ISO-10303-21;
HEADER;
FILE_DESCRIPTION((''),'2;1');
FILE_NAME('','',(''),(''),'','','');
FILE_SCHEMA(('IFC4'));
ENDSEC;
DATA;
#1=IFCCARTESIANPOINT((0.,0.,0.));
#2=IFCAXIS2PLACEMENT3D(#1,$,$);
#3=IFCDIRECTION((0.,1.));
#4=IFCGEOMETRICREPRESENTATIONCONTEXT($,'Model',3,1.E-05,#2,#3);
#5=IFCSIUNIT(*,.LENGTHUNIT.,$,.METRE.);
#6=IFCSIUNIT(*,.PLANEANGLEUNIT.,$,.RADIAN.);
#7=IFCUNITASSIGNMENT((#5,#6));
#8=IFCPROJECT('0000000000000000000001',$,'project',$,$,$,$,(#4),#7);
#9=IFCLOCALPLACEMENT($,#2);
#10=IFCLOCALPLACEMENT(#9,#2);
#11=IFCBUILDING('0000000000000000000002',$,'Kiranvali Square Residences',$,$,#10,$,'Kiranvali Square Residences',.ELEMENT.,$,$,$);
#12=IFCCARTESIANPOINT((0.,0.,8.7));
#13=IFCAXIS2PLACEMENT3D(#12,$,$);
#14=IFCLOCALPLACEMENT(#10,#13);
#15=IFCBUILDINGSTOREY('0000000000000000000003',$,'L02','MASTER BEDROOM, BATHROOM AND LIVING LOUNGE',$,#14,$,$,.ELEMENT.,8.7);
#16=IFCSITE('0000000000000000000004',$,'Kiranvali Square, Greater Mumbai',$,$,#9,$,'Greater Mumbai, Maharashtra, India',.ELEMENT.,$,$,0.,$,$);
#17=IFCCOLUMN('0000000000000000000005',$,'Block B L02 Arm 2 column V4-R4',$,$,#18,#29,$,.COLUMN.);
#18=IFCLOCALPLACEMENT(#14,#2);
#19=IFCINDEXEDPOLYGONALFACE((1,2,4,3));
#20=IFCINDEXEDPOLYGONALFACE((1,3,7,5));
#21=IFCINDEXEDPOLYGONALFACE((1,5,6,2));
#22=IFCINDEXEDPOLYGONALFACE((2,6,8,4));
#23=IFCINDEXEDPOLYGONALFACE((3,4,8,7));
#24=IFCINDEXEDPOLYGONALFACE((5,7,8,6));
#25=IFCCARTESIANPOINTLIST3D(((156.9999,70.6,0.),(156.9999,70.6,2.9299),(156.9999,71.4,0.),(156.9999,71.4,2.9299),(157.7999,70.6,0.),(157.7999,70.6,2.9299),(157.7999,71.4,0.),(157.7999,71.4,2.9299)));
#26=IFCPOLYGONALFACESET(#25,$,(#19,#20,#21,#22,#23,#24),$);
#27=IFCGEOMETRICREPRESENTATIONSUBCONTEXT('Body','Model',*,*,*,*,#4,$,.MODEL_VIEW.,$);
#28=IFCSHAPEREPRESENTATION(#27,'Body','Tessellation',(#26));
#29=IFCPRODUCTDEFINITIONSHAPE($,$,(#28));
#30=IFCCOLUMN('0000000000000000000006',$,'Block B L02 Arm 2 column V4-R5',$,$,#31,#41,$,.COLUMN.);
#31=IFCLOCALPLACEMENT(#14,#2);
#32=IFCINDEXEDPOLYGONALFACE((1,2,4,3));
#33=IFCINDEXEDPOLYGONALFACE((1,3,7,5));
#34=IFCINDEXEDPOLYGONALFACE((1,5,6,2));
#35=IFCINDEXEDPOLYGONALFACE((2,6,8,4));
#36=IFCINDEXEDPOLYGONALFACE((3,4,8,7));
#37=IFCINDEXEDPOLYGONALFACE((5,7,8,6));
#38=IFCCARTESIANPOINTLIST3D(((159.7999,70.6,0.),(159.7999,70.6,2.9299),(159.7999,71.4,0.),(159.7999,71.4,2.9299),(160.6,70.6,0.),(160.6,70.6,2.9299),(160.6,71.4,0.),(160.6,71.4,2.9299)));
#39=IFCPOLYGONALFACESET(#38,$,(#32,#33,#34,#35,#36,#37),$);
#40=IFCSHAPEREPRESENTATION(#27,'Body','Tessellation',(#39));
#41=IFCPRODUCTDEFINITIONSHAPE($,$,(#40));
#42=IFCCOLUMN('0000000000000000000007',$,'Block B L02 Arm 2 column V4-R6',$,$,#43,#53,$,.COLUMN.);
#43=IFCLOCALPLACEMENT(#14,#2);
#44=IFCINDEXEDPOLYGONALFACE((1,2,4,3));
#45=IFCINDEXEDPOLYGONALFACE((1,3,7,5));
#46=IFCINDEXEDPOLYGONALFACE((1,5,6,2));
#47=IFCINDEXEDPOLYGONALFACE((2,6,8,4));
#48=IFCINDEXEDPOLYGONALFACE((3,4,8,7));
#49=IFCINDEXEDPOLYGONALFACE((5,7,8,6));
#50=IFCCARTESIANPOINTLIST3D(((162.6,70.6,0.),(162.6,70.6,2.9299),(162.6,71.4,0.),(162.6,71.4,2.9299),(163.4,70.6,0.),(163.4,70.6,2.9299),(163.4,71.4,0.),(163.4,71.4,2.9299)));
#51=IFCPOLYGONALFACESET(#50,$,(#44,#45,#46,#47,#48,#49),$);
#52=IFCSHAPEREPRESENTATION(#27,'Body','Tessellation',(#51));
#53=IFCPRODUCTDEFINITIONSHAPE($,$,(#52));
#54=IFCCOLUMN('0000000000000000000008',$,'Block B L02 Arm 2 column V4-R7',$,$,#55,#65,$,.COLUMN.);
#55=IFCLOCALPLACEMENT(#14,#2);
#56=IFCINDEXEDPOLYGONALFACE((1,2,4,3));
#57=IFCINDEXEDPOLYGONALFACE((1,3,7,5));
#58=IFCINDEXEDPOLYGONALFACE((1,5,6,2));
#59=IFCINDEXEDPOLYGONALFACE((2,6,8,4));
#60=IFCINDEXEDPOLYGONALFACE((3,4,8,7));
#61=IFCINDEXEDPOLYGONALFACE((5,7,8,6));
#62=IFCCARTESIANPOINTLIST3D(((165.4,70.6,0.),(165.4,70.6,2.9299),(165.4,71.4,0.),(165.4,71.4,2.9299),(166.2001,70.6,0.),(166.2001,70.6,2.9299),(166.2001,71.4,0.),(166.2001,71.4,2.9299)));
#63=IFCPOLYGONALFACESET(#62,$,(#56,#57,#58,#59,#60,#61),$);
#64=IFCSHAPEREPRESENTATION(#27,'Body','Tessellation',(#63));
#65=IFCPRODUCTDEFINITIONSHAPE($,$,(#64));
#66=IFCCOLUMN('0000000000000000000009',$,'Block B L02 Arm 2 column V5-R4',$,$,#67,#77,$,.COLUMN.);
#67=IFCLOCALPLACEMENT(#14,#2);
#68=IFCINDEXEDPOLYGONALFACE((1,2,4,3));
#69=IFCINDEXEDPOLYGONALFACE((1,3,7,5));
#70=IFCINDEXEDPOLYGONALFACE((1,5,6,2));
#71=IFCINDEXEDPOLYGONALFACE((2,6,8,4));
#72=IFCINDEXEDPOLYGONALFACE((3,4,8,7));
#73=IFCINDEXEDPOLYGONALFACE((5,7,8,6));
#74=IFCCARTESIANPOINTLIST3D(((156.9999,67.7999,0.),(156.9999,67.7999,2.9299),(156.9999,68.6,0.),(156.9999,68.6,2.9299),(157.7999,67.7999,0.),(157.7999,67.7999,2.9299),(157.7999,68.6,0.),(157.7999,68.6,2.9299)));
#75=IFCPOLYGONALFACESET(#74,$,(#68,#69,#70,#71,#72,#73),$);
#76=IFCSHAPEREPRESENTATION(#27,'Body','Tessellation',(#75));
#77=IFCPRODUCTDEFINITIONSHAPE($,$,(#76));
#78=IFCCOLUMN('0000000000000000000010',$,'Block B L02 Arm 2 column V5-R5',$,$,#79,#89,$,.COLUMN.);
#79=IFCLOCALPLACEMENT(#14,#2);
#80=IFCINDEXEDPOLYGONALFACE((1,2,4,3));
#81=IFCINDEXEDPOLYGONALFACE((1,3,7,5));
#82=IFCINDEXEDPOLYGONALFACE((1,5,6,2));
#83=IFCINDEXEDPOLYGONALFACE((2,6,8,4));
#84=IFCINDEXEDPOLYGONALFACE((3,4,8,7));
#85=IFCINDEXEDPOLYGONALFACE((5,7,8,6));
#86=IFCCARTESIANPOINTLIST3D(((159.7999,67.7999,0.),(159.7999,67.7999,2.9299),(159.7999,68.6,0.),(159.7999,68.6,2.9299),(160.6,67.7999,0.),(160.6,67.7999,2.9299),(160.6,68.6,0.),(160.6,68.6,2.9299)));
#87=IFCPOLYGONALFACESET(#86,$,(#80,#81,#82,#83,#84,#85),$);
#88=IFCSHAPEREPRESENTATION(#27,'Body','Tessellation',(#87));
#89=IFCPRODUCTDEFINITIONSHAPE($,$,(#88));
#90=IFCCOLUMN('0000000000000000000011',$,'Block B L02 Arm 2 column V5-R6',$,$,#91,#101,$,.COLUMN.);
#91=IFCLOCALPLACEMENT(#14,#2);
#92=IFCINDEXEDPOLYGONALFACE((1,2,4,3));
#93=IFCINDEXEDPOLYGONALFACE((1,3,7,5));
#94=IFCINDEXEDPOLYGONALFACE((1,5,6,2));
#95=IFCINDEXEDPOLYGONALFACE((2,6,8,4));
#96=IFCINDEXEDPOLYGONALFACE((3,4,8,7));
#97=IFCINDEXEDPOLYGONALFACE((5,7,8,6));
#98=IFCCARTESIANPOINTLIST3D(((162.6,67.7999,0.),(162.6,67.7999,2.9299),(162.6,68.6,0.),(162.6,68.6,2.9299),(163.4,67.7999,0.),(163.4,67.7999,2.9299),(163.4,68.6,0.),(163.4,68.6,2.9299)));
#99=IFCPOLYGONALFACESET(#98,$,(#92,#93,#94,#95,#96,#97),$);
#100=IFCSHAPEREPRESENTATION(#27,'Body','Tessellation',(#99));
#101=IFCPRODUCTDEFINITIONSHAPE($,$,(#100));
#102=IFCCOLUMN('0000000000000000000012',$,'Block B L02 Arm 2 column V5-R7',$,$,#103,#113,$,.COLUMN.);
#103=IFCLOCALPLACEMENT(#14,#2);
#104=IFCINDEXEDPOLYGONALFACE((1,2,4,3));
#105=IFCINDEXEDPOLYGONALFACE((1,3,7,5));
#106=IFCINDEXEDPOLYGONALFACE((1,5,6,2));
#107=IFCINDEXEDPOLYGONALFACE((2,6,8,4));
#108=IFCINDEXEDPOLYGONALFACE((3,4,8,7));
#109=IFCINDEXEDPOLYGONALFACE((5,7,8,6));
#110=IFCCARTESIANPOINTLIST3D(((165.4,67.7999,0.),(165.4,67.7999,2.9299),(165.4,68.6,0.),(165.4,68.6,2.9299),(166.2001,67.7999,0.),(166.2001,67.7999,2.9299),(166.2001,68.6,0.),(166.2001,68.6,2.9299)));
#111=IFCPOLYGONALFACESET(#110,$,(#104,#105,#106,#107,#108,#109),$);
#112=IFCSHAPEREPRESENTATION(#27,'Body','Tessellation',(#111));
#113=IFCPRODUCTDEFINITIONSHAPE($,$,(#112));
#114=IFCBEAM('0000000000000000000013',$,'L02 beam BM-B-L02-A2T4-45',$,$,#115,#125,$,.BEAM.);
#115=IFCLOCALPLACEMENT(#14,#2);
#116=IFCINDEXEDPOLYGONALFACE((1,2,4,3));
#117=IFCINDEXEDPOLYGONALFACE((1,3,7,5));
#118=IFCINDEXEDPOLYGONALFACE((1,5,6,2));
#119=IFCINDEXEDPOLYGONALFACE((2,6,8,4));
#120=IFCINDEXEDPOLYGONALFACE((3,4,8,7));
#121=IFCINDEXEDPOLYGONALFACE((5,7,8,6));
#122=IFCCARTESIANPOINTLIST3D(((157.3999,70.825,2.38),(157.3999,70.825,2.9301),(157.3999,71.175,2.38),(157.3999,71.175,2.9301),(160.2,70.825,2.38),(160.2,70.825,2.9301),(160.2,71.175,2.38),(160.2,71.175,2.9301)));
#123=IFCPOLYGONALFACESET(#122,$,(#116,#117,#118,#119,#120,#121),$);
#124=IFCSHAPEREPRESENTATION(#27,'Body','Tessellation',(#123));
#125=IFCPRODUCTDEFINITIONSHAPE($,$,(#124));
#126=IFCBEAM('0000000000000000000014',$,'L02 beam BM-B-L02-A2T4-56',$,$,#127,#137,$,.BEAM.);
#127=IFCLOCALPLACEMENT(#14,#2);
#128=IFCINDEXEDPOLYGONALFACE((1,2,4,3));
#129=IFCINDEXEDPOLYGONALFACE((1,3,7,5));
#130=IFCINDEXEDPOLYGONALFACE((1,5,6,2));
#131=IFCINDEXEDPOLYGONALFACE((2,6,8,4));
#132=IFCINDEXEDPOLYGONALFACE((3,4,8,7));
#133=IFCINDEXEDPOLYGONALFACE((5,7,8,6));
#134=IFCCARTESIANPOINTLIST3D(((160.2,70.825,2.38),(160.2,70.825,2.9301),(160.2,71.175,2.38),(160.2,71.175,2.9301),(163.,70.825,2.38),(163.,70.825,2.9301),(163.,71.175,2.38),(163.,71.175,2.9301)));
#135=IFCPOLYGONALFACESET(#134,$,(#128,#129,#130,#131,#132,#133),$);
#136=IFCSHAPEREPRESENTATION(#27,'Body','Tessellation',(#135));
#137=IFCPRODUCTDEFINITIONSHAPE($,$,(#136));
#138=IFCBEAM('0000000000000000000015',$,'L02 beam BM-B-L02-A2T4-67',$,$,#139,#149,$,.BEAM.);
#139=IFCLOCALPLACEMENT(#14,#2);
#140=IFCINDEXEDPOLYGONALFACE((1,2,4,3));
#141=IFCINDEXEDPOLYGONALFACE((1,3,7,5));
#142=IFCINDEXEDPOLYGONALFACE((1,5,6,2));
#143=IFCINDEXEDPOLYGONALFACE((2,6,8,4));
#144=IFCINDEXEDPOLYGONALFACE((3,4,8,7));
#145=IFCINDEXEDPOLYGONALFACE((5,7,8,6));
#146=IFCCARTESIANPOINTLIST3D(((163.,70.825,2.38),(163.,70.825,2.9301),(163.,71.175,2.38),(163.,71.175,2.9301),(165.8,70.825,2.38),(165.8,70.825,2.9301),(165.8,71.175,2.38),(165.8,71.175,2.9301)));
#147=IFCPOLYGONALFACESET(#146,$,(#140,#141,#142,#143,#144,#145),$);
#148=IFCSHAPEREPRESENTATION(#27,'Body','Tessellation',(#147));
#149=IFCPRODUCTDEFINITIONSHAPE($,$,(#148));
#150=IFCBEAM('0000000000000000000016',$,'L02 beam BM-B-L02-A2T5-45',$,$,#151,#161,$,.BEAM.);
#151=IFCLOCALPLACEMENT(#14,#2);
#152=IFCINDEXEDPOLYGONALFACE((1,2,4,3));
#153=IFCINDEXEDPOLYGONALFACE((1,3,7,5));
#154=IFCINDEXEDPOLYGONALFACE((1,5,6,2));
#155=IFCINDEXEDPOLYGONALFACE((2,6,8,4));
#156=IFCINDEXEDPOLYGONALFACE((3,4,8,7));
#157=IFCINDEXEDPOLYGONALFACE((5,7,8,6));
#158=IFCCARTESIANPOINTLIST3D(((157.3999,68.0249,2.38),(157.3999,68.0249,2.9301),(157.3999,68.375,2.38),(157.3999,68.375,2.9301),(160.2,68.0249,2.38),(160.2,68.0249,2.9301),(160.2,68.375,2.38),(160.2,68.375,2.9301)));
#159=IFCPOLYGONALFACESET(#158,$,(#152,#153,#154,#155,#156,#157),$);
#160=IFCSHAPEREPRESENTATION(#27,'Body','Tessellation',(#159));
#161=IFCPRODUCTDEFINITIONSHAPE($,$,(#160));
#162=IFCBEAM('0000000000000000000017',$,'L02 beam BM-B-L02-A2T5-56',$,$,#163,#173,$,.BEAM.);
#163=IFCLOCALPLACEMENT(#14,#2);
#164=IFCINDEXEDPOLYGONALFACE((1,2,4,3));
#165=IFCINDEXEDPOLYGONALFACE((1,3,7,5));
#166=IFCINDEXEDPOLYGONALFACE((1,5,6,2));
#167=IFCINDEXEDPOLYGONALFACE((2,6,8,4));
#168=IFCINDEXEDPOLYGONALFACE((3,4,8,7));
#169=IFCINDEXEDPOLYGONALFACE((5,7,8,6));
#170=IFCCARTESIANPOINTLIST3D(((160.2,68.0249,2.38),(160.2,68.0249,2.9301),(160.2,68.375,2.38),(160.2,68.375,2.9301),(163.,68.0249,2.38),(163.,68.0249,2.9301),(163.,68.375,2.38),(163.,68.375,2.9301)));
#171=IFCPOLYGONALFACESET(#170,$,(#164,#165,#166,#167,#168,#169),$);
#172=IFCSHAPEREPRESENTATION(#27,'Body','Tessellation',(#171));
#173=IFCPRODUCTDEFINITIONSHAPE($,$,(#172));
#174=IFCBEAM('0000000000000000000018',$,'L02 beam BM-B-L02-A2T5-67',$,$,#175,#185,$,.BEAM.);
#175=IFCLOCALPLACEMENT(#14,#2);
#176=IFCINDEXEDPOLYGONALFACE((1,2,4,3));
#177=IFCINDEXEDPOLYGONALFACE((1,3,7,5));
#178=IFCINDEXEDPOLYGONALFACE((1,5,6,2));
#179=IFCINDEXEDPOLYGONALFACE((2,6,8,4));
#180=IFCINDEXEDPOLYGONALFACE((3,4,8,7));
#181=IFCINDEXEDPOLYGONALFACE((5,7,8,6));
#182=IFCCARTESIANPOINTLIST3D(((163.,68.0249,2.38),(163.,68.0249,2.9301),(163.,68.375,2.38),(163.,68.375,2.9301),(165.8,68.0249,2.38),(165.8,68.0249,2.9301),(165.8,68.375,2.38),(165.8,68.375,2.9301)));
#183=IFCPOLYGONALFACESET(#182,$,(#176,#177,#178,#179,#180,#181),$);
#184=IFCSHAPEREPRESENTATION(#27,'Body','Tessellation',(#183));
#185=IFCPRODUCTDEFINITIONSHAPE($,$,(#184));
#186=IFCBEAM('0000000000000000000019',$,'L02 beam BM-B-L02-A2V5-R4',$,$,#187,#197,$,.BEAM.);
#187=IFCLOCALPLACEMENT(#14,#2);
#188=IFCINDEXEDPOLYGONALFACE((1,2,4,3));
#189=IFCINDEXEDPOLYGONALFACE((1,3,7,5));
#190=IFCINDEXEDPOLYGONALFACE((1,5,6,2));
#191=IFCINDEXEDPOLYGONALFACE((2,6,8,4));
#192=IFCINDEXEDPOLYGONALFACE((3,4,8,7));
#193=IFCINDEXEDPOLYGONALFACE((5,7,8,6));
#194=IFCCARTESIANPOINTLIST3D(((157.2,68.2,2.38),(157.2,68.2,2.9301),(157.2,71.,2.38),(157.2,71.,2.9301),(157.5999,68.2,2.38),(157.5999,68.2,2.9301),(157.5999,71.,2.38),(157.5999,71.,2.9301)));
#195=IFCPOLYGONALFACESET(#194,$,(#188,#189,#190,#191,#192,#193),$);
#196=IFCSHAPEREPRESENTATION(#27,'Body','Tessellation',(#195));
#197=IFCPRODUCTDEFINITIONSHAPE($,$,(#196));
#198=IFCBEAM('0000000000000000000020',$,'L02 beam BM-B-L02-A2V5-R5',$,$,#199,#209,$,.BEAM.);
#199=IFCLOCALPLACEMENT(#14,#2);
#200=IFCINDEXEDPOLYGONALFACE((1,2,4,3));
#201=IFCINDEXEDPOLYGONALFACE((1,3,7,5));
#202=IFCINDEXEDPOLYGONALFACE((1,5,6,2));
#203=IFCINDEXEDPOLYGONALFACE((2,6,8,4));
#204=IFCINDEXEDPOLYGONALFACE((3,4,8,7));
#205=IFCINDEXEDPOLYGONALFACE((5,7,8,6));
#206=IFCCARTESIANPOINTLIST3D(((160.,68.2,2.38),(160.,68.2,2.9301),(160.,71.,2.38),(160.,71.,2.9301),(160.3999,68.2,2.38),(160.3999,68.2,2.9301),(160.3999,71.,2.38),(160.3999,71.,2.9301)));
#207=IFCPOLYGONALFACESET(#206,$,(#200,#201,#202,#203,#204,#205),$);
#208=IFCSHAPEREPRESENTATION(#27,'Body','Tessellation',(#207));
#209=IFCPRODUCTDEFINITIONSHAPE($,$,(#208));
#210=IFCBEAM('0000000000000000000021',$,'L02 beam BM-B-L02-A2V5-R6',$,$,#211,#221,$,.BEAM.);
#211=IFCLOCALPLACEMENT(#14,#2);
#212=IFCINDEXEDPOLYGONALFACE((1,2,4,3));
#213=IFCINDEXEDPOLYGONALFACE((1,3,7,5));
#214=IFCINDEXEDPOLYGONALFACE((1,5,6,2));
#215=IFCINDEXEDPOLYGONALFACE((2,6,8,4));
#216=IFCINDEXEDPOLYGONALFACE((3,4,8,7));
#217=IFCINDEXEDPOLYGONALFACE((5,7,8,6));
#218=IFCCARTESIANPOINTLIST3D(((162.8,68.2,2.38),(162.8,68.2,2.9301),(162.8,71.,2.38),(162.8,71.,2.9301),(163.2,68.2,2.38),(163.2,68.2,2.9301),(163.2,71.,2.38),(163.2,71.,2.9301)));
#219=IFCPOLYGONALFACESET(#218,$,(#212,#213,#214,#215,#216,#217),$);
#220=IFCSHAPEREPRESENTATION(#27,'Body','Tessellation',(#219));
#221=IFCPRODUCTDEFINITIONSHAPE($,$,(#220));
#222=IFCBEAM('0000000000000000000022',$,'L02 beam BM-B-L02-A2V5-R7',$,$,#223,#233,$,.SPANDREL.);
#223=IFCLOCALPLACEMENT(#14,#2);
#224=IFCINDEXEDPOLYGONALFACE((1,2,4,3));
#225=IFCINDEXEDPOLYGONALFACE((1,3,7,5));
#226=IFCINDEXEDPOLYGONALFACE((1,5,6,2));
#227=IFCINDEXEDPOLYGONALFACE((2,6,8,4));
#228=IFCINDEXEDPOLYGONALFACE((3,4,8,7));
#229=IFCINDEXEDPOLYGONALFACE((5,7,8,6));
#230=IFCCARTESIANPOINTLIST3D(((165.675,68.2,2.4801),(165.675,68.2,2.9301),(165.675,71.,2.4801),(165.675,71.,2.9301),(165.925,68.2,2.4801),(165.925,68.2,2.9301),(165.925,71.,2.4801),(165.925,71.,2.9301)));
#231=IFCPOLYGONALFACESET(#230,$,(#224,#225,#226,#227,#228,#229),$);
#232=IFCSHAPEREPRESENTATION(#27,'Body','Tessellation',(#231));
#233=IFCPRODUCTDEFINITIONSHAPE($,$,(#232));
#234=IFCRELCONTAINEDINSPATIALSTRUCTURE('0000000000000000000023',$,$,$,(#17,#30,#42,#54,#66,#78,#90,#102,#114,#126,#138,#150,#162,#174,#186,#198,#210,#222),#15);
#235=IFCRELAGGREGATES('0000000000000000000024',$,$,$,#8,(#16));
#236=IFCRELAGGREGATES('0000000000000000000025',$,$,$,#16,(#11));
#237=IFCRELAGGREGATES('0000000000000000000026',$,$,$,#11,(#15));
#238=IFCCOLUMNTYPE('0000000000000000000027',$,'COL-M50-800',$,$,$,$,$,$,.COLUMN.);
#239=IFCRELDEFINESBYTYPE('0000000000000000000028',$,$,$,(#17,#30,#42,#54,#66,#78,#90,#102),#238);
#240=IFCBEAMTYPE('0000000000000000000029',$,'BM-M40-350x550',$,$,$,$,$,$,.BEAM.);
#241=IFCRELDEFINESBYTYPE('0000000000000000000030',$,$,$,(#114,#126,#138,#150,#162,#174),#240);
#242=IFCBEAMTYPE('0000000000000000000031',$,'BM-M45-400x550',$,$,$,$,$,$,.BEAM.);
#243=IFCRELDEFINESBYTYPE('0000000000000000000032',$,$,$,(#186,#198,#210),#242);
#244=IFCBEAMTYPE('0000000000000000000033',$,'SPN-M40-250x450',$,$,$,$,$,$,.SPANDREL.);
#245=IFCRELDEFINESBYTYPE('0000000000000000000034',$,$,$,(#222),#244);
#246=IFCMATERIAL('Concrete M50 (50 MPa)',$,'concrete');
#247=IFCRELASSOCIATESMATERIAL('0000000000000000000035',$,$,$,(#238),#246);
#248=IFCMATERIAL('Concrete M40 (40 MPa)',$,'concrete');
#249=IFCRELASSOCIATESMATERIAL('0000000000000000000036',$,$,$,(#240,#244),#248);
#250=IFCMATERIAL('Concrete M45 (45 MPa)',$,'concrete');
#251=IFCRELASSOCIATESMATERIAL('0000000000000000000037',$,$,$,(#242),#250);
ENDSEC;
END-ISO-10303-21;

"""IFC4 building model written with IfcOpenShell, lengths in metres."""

from ifc_helpers import new_model, si_unit, direction, frame, origin, origin_2d, place, context, subcontext, project, spatial, rectangle, extrude, material, material_profile, profile_set, type_object, element, save


model = new_model("IFC4")

# Units and contexts
model_context = context("Model", 3, precision=1e-05, world=origin(), true_north=direction((0.0, 1.0)))
body_context = subcontext(model_context, "Body", "Model", "MODEL_VIEW")
ifc_project = project(units=[si_unit("LENGTHUNIT", "METRE"), si_unit("PLANEANGLEUNIT", "RADIAN")], contexts=[model_context])

# Site, building, storey
site_placement = place(None, origin())
site = spatial("IfcSite", under=ifc_project, at=site_placement, Name="Kiranvali Square, Greater Mumbai", LongName="Greater Mumbai, Maharashtra, India", CompositionType="ELEMENT", RefElevation=0.0)
building_placement = place(site_placement, origin())
building = spatial("IfcBuilding", under=site, at=building_placement, Name="Kiranvali Square Residences", LongName="Kiranvali Square Residences", CompositionType="ELEMENT")
storey_placement = place(building_placement, frame((0.0, 0.0, 8.7)))
storey = spatial("IfcBuildingStorey", under=building, at=storey_placement, Name="L02", Description="MASTER BEDROOM, BATHROOM AND LIVING LOUNGE", CompositionType="ELEMENT", Elevation=8.7)

# Columns
ifc_material_1 = material(Name="Concrete M50 (50 MPa)", Category="concrete")
ifc_material_profile_1 = material_profile(ifc_material_1, rectangle(XDim=0.8, YDim=0.8, at=origin_2d()), Name="RC 800x800")
ifc_profile_set_1 = profile_set([ifc_material_profile_1], Name="Concrete M50 (50 MPa)")
column_type = type_object("IfcColumnType", Name="COL-M50-800", PredefinedType="COLUMN", material=ifc_profile_set_1)
for number, where, z_axis, x_axis, name in (
    (1, (157.3999, 71.0, 0.0), (0.0, 0.0, 1.0), (1.0, 0.0, 0.0), "Block B L02 Arm 2 column V4-R4"),
    (2, (160.2, 71.0, 0.0), (0.0, 0.0, 1.0), (1.0, 0.0, 0.0), "Block B L02 Arm 2 column V4-R5"),
    (3, (163.0, 71.0, 0.0), (0.0, 0.0, 1.0), (1.0, 0.0, 0.0), "Block B L02 Arm 2 column V4-R6"),
    (4, (165.8, 71.0, 0.0), (0.0, 0.0, 1.0), (1.0, 0.0, 0.0), "Block B L02 Arm 2 column V4-R7"),
    (5, (157.3999, 68.2, 0.0), (0.0, 0.0, 1.0), (1.0, 0.0, 0.0), "Block B L02 Arm 2 column V5-R4"),
    (6, (160.2, 68.2, 0.0), (0.0, 0.0, 1.0), (1.0, 0.0, 0.0), "Block B L02 Arm 2 column V5-R5"),
    (7, (163.0, 68.2, 0.0), (0.0, 0.0, 1.0), (1.0, 0.0, 0.0), "Block B L02 Arm 2 column V5-R6"),
    (8, (165.8, 68.2, 0.0), (0.0, 0.0, 1.0), (1.0, 0.0, 0.0), "Block B L02 Arm 2 column V5-R7"),
):
    element("IfcColumn", number, at=place(storey_placement, frame(where, z_axis=z_axis, x_axis=x_axis)), inside=storey, type_object=column_type, Name=name, PredefinedType="COLUMN", context=body_context, shape_type="SweptSolid", body=[
        extrude(rectangle(XDim=0.8, YDim=0.8, at=origin_2d()), origin(), (0.0, 0.0, 1.0), 2.9299),
    ])

# Beams
ifc_material_2 = material(Name="Concrete M40 (40 MPa)", Category="concrete")
ifc_material_profile_2 = material_profile(ifc_material_2, rectangle(XDim=0.3501, YDim=0.55, at=origin_2d()), Name="RC 350x550")
ifc_profile_set_2 = profile_set([ifc_material_profile_2], Name="Concrete M40 (40 MPa)")
beam_type_1 = type_object("IfcBeamType", Name="BM-M40-350x550", PredefinedType="BEAM", material=ifc_profile_set_2)
for number, where, z_axis, x_axis, name in (
    (9, (157.3999, 71.0, 2.655), (1.0, 0.0, 0.0), (0.0, 1.0, 0.0), "L02 beam BM-B-L02-A2T4-45"),
    (10, (160.2, 71.0, 2.655), (1.0, 0.0, 0.0), (0.0, 1.0, 0.0), "L02 beam BM-B-L02-A2T4-56"),
    (11, (163.0, 71.0, 2.655), (1.0, 0.0, 0.0), (0.0, 1.0, 0.0), "L02 beam BM-B-L02-A2T4-67"),
    (12, (157.3999, 68.2, 2.655), (1.0, 0.0, 0.0), (0.0, 1.0, 0.0), "L02 beam BM-B-L02-A2T5-45"),
    (13, (160.2, 68.2, 2.655), (1.0, 0.0, 0.0), (0.0, 1.0, 0.0), "L02 beam BM-B-L02-A2T5-56"),
    (14, (163.0, 68.2, 2.655), (1.0, 0.0, 0.0), (0.0, 1.0, 0.0), "L02 beam BM-B-L02-A2T5-67"),
):
    element("IfcBeam", number, at=place(storey_placement, frame(where, z_axis=z_axis, x_axis=x_axis)), inside=storey, type_object=beam_type_1, Name=name, PredefinedType="BEAM", context=body_context, shape_type="SweptSolid", body=[
        extrude(rectangle(XDim=0.3501, YDim=0.55, at=origin_2d()), origin(), (0.0, 0.0, 1.0), 2.8),
    ])
ifc_material_3 = material(Name="Concrete M45 (45 MPa)", Category="concrete")
ifc_material_profile_3 = material_profile(ifc_material_3, rectangle(XDim=0.3999, YDim=0.55, at=origin_2d()), Name="RC 400x550")
ifc_profile_set_3 = profile_set([ifc_material_profile_3], Name="Concrete M45 (45 MPa)")
beam_type_2 = type_object("IfcBeamType", Name="BM-M45-400x550", PredefinedType="BEAM", material=ifc_profile_set_3)
for number, where, z_axis, x_axis, name in (
    (15, (157.3999, 71.0, 2.655), (0.0, -1.0, 0.0), (1.0, 0.0, 0.0), "L02 beam BM-B-L02-A2V5-R4"),
    (16, (160.2, 71.0, 2.655), (0.0, -1.0, 0.0), (1.0, 0.0, 0.0), "L02 beam BM-B-L02-A2V5-R5"),
    (17, (163.0, 71.0, 2.655), (0.0, -1.0, 0.0), (1.0, 0.0, 0.0), "L02 beam BM-B-L02-A2V5-R6"),
):
    element("IfcBeam", number, at=place(storey_placement, frame(where, z_axis=z_axis, x_axis=x_axis)), inside=storey, type_object=beam_type_2, Name=name, PredefinedType="BEAM", context=body_context, shape_type="SweptSolid", body=[
        extrude(rectangle(XDim=0.3999, YDim=0.55, at=origin_2d()), origin(), (0.0, 0.0, 1.0), 2.8),
    ])
ifc_material_profile_4 = material_profile(ifc_material_2, rectangle(XDim=0.25, YDim=0.45, at=origin_2d()), Name="RC 250x450")
ifc_profile_set_4 = profile_set([ifc_material_profile_4], Name="Concrete M40 (40 MPa)")
beam_type_3 = type_object("IfcBeamType", Name="SPN-M40-250x450", PredefinedType="SPANDREL", material=ifc_profile_set_4)
beam_placement = place(storey_placement, frame((165.8, 71.0, 2.7051), z_axis=(0.0, -1.0, 0.0), x_axis=(1.0, 0.0, 0.0)))
element("IfcBeam", 18, at=beam_placement, inside=storey, type_object=beam_type_3, Name="L02 beam BM-B-L02-A2V5-R7", PredefinedType="SPANDREL", context=body_context, shape_type="SweptSolid", body=[
    extrude(rectangle(XDim=0.25, YDim=0.45, at=origin_2d()), origin(), (0.0, 0.0, 1.0), 2.8),
])

save(model, "model.ifc")
